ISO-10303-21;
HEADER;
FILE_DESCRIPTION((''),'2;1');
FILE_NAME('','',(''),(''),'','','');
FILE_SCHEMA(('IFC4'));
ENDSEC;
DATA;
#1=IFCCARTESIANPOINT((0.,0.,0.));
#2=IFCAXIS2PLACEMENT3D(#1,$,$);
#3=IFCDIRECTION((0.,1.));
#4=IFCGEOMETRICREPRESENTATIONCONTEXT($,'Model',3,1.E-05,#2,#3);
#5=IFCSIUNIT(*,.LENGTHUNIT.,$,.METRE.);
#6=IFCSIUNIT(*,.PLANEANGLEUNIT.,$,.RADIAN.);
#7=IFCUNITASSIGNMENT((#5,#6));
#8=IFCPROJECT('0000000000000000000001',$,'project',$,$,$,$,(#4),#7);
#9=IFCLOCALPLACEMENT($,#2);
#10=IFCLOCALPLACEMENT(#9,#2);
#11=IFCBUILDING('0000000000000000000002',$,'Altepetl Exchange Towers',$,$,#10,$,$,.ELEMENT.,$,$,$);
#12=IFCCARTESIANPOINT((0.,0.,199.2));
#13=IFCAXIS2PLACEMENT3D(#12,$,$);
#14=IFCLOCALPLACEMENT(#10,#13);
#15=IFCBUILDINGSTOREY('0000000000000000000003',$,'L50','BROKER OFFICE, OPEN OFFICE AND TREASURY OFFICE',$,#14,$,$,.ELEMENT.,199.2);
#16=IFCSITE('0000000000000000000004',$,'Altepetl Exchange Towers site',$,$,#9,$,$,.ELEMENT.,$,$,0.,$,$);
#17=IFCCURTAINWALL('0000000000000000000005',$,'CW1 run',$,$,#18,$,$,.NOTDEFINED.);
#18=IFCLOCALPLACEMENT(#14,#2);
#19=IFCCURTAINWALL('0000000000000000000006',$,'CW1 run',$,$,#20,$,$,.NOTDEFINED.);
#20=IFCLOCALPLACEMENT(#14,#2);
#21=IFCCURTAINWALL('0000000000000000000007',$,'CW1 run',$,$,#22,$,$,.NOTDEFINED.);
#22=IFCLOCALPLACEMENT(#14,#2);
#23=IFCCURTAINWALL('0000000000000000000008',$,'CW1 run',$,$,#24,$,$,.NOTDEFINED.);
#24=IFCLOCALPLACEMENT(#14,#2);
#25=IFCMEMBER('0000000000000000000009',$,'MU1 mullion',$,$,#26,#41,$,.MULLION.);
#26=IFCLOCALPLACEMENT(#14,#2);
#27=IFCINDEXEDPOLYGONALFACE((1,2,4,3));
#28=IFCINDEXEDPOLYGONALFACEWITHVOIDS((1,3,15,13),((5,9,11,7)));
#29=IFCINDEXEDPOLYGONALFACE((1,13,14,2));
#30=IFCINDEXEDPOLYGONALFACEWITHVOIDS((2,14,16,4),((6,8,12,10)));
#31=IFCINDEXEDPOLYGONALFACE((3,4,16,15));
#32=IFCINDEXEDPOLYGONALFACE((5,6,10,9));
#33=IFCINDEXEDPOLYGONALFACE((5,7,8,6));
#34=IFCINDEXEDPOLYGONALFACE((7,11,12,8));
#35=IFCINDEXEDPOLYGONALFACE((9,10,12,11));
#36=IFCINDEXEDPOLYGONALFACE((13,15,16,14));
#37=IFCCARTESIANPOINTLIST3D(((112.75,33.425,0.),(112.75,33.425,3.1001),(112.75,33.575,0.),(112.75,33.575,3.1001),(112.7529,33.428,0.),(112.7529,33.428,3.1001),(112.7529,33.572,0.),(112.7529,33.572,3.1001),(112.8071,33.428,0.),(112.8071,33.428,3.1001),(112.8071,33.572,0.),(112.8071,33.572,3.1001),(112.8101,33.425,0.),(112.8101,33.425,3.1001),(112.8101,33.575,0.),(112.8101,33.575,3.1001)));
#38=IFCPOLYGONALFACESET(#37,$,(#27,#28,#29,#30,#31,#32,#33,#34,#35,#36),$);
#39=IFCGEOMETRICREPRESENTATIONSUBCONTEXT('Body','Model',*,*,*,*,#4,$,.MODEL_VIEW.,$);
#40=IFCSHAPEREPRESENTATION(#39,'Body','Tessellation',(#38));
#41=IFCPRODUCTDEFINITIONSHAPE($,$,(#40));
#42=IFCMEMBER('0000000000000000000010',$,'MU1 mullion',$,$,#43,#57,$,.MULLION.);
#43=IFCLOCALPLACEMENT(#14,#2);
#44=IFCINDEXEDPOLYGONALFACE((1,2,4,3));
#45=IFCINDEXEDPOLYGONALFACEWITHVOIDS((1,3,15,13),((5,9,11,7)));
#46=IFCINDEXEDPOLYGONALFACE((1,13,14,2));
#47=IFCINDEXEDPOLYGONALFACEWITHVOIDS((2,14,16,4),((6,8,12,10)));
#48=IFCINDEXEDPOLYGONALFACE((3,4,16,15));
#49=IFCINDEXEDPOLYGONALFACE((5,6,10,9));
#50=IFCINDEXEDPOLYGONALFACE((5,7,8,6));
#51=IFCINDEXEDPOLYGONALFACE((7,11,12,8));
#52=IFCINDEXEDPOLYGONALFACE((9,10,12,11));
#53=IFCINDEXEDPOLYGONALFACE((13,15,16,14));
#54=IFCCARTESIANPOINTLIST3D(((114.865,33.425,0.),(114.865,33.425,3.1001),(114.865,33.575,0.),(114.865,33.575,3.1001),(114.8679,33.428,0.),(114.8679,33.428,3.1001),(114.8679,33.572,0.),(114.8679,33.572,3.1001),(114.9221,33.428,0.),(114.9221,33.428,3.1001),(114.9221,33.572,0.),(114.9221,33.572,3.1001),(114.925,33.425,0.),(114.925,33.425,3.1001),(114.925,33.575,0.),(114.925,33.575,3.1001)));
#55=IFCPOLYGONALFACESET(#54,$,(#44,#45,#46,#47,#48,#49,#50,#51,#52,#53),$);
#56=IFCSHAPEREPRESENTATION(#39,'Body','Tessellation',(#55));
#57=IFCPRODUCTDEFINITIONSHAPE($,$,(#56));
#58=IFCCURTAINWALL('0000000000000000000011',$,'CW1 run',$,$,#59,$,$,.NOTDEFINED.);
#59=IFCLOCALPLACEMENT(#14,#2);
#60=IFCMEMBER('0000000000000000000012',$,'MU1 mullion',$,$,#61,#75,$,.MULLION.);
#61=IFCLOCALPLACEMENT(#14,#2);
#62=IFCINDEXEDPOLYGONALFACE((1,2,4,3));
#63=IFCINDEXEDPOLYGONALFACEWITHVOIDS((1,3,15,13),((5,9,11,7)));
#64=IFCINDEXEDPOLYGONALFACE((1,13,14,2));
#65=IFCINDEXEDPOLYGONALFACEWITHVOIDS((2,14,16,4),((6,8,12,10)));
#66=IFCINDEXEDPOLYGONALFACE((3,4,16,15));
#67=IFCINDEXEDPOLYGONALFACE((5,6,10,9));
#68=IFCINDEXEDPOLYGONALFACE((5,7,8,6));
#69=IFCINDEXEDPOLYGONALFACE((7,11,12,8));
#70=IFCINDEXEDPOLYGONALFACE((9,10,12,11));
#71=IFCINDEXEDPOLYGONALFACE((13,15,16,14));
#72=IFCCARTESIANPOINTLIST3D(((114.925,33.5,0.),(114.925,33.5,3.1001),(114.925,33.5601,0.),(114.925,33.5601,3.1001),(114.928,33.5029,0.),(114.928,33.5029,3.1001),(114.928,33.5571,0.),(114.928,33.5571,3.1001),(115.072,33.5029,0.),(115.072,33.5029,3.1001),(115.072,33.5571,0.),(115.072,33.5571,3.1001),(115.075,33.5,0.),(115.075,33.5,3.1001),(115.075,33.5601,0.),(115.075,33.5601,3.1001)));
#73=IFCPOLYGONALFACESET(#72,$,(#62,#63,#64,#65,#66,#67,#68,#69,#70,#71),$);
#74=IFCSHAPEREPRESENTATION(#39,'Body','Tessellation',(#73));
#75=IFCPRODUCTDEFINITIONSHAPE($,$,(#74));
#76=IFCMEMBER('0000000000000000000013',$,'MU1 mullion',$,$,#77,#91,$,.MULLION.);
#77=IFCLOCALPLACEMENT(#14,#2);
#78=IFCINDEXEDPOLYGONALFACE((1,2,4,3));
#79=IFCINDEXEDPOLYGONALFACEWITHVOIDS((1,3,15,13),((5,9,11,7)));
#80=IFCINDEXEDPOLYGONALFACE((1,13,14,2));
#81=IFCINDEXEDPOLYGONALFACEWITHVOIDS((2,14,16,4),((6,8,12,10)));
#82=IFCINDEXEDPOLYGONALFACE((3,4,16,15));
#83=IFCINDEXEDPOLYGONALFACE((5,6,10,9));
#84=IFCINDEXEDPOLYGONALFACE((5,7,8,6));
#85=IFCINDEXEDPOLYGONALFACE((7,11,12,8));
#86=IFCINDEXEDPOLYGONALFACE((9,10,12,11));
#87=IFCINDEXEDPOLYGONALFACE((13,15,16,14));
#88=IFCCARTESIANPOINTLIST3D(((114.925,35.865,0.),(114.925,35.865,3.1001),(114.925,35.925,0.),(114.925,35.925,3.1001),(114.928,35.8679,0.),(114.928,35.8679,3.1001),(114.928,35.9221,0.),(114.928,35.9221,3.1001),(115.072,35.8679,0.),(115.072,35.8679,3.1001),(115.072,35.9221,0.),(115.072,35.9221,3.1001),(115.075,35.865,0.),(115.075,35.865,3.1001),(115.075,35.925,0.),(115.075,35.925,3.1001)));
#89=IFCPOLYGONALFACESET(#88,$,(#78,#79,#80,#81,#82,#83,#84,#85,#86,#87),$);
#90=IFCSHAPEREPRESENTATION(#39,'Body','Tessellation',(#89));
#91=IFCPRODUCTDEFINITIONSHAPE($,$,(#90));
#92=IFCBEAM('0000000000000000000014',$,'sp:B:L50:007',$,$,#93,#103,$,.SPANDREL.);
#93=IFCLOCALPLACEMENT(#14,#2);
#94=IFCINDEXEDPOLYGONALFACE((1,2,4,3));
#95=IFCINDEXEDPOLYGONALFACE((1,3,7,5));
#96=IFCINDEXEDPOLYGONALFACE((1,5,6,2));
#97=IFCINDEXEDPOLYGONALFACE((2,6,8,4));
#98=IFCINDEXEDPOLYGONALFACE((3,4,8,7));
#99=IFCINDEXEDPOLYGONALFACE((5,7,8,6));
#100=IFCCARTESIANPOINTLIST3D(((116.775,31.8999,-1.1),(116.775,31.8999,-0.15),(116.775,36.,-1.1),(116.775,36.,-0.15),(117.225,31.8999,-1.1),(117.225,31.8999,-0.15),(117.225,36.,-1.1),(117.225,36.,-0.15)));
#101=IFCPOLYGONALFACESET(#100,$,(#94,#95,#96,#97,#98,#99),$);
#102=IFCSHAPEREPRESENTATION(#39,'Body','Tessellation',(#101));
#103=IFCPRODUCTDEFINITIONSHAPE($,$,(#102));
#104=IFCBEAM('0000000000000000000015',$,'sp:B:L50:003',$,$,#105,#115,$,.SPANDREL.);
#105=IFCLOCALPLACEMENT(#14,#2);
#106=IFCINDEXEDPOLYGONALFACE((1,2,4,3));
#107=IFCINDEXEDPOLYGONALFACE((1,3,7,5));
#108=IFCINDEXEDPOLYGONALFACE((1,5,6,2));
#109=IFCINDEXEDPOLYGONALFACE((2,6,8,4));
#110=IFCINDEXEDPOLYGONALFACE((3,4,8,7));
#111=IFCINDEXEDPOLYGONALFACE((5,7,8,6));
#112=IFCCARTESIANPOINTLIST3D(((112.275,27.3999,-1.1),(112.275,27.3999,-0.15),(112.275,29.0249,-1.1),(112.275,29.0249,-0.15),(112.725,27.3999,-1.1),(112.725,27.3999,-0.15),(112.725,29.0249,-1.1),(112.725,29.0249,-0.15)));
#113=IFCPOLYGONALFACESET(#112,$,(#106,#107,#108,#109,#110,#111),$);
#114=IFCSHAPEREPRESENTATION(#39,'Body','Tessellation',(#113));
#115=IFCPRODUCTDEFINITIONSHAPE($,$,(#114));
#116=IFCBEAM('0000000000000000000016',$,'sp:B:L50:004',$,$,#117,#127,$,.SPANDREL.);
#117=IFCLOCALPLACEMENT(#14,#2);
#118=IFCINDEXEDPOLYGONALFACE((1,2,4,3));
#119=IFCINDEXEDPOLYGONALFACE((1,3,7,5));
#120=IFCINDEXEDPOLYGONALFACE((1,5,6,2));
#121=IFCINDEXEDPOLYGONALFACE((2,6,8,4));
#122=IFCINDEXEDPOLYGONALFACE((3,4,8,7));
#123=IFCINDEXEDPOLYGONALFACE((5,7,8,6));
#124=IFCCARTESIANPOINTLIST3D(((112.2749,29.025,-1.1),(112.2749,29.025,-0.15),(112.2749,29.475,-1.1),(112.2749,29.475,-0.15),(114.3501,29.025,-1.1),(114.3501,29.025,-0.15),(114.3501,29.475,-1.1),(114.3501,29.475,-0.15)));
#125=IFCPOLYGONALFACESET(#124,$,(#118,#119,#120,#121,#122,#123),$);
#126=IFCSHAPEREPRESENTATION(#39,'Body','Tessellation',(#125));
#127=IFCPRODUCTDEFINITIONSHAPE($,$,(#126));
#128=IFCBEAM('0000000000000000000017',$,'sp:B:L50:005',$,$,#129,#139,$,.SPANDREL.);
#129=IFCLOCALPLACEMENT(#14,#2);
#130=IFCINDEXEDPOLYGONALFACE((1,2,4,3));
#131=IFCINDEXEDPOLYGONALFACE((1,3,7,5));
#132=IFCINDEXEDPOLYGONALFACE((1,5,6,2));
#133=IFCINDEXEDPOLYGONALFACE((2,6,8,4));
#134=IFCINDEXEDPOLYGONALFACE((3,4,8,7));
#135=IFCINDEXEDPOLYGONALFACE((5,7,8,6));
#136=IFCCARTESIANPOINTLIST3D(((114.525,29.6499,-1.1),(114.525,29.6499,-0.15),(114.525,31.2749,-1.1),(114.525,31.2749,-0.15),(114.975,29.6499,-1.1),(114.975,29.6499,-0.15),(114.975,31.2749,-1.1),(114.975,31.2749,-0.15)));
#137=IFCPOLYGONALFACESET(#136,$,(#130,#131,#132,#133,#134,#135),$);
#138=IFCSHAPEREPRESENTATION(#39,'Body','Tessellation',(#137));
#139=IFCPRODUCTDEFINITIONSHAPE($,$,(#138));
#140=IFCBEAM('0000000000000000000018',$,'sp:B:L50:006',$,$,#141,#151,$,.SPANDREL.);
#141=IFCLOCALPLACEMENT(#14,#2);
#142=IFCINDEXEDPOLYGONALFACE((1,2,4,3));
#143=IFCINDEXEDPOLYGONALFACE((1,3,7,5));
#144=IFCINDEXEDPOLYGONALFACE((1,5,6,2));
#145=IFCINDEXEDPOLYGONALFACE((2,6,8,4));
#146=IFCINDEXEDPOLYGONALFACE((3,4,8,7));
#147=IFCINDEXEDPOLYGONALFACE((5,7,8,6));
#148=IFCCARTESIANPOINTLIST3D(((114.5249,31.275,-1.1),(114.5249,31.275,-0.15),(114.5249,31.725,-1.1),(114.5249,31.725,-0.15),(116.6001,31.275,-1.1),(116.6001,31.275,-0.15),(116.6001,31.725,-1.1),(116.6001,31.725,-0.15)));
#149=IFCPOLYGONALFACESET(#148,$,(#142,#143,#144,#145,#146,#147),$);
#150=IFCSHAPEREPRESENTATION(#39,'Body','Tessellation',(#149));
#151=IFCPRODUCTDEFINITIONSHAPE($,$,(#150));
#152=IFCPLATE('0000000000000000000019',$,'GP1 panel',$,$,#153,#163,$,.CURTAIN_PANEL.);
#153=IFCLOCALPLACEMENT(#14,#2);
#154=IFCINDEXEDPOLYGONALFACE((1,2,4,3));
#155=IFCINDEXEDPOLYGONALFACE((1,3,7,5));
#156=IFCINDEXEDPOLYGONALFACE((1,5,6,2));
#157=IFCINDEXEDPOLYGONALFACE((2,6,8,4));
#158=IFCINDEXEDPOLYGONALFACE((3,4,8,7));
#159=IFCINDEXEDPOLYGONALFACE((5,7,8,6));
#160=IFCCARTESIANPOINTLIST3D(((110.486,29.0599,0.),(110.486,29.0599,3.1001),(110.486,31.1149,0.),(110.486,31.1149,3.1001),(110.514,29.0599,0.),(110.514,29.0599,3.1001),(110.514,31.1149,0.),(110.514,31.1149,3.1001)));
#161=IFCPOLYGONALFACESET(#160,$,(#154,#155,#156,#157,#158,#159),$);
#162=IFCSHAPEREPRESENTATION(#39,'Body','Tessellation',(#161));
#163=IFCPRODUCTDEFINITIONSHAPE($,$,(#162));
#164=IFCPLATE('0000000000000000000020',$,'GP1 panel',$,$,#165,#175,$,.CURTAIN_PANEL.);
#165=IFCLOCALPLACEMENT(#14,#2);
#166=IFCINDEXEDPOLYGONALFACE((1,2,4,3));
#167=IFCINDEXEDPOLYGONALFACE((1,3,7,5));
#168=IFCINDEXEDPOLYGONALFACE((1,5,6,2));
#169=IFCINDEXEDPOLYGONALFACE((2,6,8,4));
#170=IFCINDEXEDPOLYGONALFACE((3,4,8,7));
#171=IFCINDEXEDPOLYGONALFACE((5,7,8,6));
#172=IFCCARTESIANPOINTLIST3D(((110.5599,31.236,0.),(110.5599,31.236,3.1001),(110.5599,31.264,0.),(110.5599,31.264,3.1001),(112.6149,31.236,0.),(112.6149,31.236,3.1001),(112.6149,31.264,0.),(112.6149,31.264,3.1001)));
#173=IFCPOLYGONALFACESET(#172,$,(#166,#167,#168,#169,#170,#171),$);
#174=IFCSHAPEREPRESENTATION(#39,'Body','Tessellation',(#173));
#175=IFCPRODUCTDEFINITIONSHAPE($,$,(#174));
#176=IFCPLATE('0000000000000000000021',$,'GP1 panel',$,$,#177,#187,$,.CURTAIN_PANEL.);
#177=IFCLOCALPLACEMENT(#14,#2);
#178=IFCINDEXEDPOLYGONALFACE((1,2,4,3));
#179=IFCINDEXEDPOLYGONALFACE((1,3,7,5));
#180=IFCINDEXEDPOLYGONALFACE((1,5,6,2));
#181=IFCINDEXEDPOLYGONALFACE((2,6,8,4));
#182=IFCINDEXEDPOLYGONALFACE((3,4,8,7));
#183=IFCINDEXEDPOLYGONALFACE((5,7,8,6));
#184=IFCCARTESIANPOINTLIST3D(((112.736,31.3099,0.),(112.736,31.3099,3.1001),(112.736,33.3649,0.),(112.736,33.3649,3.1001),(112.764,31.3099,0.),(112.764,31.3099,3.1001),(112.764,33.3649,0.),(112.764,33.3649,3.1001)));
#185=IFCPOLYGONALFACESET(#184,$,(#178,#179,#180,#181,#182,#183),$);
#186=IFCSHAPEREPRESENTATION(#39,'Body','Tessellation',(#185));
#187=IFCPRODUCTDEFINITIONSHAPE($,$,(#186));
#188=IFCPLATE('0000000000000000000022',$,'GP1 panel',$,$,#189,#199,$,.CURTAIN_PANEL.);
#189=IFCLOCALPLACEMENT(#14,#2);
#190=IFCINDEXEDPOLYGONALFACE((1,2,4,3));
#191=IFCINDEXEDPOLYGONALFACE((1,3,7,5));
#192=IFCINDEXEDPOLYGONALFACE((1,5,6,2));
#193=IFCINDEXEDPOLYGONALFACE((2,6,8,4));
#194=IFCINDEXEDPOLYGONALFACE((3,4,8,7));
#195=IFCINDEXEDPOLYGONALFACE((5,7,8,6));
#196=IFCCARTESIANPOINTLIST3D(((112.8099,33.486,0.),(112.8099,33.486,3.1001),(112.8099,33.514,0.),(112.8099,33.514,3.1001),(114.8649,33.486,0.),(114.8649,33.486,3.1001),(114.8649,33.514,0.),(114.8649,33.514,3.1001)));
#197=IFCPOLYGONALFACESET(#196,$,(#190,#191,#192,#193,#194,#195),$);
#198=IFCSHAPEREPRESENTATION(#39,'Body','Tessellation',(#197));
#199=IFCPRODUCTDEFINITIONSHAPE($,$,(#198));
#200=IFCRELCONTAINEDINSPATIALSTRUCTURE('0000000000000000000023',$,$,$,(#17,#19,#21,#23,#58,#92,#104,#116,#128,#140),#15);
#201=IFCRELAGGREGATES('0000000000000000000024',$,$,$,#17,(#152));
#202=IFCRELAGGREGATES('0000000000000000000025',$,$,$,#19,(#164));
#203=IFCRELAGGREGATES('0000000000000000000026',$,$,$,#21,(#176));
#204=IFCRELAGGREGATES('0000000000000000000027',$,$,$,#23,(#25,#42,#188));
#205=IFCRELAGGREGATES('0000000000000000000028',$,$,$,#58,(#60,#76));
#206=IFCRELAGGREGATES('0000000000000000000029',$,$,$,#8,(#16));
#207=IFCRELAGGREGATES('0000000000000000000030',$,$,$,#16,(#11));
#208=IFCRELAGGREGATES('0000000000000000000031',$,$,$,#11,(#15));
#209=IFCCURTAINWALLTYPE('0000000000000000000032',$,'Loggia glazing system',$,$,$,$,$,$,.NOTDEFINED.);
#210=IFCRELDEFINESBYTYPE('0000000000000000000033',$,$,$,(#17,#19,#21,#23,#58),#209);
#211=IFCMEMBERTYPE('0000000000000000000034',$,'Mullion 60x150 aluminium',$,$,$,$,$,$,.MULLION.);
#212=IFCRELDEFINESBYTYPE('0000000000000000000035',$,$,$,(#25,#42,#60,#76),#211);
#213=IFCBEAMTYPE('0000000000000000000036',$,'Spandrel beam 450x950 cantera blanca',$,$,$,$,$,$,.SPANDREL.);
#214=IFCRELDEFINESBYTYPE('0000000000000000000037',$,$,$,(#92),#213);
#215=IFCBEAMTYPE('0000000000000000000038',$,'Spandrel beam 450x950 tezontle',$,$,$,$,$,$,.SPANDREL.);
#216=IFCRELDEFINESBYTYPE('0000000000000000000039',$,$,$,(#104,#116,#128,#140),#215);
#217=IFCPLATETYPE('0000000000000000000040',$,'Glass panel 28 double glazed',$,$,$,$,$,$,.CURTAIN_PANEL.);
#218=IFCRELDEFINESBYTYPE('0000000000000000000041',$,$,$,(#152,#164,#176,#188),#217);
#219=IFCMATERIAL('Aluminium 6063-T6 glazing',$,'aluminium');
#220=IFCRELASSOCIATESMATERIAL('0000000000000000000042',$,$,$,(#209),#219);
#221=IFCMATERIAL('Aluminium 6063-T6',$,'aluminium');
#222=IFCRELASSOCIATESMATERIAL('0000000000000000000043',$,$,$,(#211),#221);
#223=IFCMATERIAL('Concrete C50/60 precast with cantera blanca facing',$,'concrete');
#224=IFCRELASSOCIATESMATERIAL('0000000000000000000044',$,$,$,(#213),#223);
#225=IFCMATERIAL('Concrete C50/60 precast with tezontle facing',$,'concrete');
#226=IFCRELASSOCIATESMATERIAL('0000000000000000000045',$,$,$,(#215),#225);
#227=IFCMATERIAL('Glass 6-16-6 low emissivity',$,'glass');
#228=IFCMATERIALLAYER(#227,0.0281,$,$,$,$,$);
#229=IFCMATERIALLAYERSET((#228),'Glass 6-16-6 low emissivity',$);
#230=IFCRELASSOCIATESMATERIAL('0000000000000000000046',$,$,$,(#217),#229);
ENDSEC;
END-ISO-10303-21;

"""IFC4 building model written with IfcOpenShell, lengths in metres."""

from ifc_helpers import new_model, si_unit, direction, frame, origin, origin_2d, place, context, subcontext, project, spatial, rectangle, hollow_rectangle, extrude, material, layer, layer_set, material_profile, profile_set, type_object, element, aggregate, save


model = new_model("IFC4")

# Units and contexts
model_context = context("Model", 3, precision=1e-05, world=origin(), true_north=direction((0.0, 1.0)))
body_context = subcontext(model_context, "Body", "Model", "MODEL_VIEW")
ifc_project = project(units=[si_unit("LENGTHUNIT", "METRE"), si_unit("PLANEANGLEUNIT", "RADIAN")], contexts=[model_context])

# Site, building, storey
site_placement = place(None, origin())
site = spatial("IfcSite", under=ifc_project, at=site_placement, Name="Altepetl Exchange Towers site", CompositionType="ELEMENT", RefElevation=0.0)
building_placement = place(site_placement, origin())
building = spatial("IfcBuilding", under=site, at=building_placement, Name="Altepetl Exchange Towers", CompositionType="ELEMENT")
storey_placement = place(building_placement, frame((0.0, 0.0, 199.2)))
storey = spatial("IfcBuildingStorey", under=building, at=storey_placement, Name="L50", Description="BROKER OFFICE, OPEN OFFICE AND TREASURY OFFICE", CompositionType="ELEMENT", Elevation=199.2)

# Shared definitions
ifc_material_1 = material(Name="Aluminium 6063-T6 glazing", Category="aluminium")
curtain_wall_type = type_object("IfcCurtainWallType", Name="Loggia glazing system", PredefinedType="NOTDEFINED", material=ifc_material_1)
ifc_material_2 = material(Name="Aluminium 6063-T6", Category="aluminium")
ifc_material_profile_1 = material_profile(ifc_material_2, hollow_rectangle(XDim=0.0601, YDim=0.1499, WallThickness=0.0029, at=origin_2d()), Name="Mullion 60x150 aluminium")
ifc_profile_set_1 = profile_set([ifc_material_profile_1], Name="Aluminium 6063-T6")
member_type = type_object("IfcMemberType", Name="Mullion 60x150 aluminium", PredefinedType="MULLION", material=ifc_profile_set_1)

# Curtain walls, members
curtain_wall_1_placement = place(storey_placement, origin())
curtain_wall_1 = element("IfcCurtainWall", 1, at=curtain_wall_1_placement, inside=storey, type_object=curtain_wall_type, Name="CW1 run", PredefinedType="NOTDEFINED")
curtain_wall_2_placement = place(storey_placement, origin())
curtain_wall_2 = element("IfcCurtainWall", 2, at=curtain_wall_2_placement, inside=storey, type_object=curtain_wall_type, Name="CW1 run", PredefinedType="NOTDEFINED")
curtain_wall_3_placement = place(storey_placement, origin())
curtain_wall_3 = element("IfcCurtainWall", 3, at=curtain_wall_3_placement, inside=storey, type_object=curtain_wall_type, Name="CW1 run", PredefinedType="NOTDEFINED")
curtain_wall_4_placement = place(storey_placement, origin())
curtain_wall_4 = element("IfcCurtainWall", 4, at=curtain_wall_4_placement, inside=storey, type_object=curtain_wall_type, Name="CW1 run", PredefinedType="NOTDEFINED")
member_1_placement = place(storey_placement, frame((112.78, 33.5, 0.0)))
member_1 = element("IfcMember", 5, at=member_1_placement, type_object=member_type, Name="MU1 mullion", PredefinedType="MULLION", context=body_context, shape_type="SweptSolid", body=[
    extrude(hollow_rectangle(XDim=0.0601, YDim=0.1499, WallThickness=0.0029, at=origin_2d()), origin(), (0.0, 0.0, 1.0), 3.1001),
])
member_2_placement = place(storey_placement, frame((114.895, 33.5, 0.0)))
member_2 = element("IfcMember", 6, at=member_2_placement, type_object=member_type, Name="MU1 mullion", PredefinedType="MULLION", context=body_context, shape_type="SweptSolid", body=[
    extrude(hollow_rectangle(XDim=0.0601, YDim=0.1499, WallThickness=0.0029, at=origin_2d()), origin(), (0.0, 0.0, 1.0), 3.1001),
])
curtain_wall_5_placement = place(storey_placement, origin())
curtain_wall_5 = element("IfcCurtainWall", 7, at=curtain_wall_5_placement, inside=storey, type_object=curtain_wall_type, Name="CW1 run", PredefinedType="NOTDEFINED")
member_3_placement = place(storey_placement, frame((115.0, 33.53, 0.0), z_axis=(0.0, 0.0, 1.0), x_axis=(0.0, 1.0, 0.0)))
member_3 = element("IfcMember", 8, at=member_3_placement, type_object=member_type, Name="MU1 mullion", PredefinedType="MULLION", context=body_context, shape_type="SweptSolid", body=[
    extrude(hollow_rectangle(XDim=0.0601, YDim=0.1499, WallThickness=0.0029, at=origin_2d()), origin(), (0.0, 0.0, 1.0), 3.1001),
])
member_4_placement = place(storey_placement, frame((115.0, 35.895, 0.0), z_axis=(0.0, 0.0, 1.0), x_axis=(0.0, 1.0, 0.0)))
member_4 = element("IfcMember", 9, at=member_4_placement, type_object=member_type, Name="MU1 mullion", PredefinedType="MULLION", context=body_context, shape_type="SweptSolid", body=[
    extrude(hollow_rectangle(XDim=0.0601, YDim=0.1499, WallThickness=0.0029, at=origin_2d()), origin(), (0.0, 0.0, 1.0), 3.1001),
])

# Beams
ifc_material_3 = material(Name="Concrete C50/60 precast with cantera blanca facing", Category="concrete")
ifc_material_profile_2 = material_profile(ifc_material_3, rectangle(XDim=0.45, YDim=0.95, at=origin_2d()), Name="450 x 950")
ifc_profile_set_2 = profile_set([ifc_material_profile_2], Name="Concrete C50/60 precast with cantera blanca facing")
beam_type_1 = type_object("IfcBeamType", Name="Spandrel beam 450x950 cantera blanca", PredefinedType="SPANDREL", material=ifc_profile_set_2)
beam_1_placement = place(storey_placement, frame((117.0, 31.8999, -0.625), z_axis=(0.0, 1.0, 0.0), x_axis=(-1.0, 0.0, 0.0)))
element("IfcBeam", 10, at=beam_1_placement, inside=storey, type_object=beam_type_1, Name="sp:B:L50:007", PredefinedType="SPANDREL", context=body_context, shape_type="SweptSolid", body=[
    extrude(rectangle(XDim=0.45, YDim=0.95, at=origin_2d()), origin(), (0.0, 0.0, 1.0), 4.1001),
])
ifc_material_4 = material(Name="Concrete C50/60 precast with tezontle facing", Category="concrete")
ifc_material_profile_3 = material_profile(ifc_material_4, rectangle(XDim=0.45, YDim=0.95, at=origin_2d()), Name="450 x 950")
ifc_profile_set_3 = profile_set([ifc_material_profile_3], Name="Concrete C50/60 precast with tezontle facing")
beam_type_2 = type_object("IfcBeamType", Name="Spandrel beam 450x950 tezontle", PredefinedType="SPANDREL", material=ifc_profile_set_3)
beam_2_placement = place(storey_placement, frame((112.5, 27.3999, -0.625), z_axis=(0.0, 1.0, 0.0), x_axis=(-1.0, 0.0, 0.0)))
element("IfcBeam", 11, at=beam_2_placement, inside=storey, type_object=beam_type_2, Name="sp:B:L50:003", PredefinedType="SPANDREL", context=body_context, shape_type="SweptSolid", body=[
    extrude(rectangle(XDim=0.45, YDim=0.95, at=origin_2d()), origin(), (0.0, 0.0, 1.0), 1.625),
])
beam_3_placement = place(storey_placement, frame((112.2749, 29.25, -0.625), z_axis=(1.0, 0.0, 0.0), x_axis=(0.0, 1.0, 0.0)))
element("IfcBeam", 12, at=beam_3_placement, inside=storey, type_object=beam_type_2, Name="sp:B:L50:004", PredefinedType="SPANDREL", context=body_context, shape_type="SweptSolid", body=[
    extrude(rectangle(XDim=0.45, YDim=0.95, at=origin_2d()), origin(), (0.0, 0.0, 1.0), 2.0752),
])
beam_4_placement = place(storey_placement, frame((114.75, 29.6499, -0.625), z_axis=(0.0, 1.0, 0.0), x_axis=(-1.0, 0.0, 0.0)))
element("IfcBeam", 13, at=beam_4_placement, inside=storey, type_object=beam_type_2, Name="sp:B:L50:005", PredefinedType="SPANDREL", context=body_context, shape_type="SweptSolid", body=[
    extrude(rectangle(XDim=0.45, YDim=0.95, at=origin_2d()), origin(), (0.0, 0.0, 1.0), 1.625),
])
beam_5_placement = place(storey_placement, frame((114.5249, 31.5, -0.625), z_axis=(1.0, 0.0, 0.0), x_axis=(0.0, 1.0, 0.0)))
element("IfcBeam", 14, at=beam_5_placement, inside=storey, type_object=beam_type_2, Name="sp:B:L50:006", PredefinedType="SPANDREL", context=body_context, shape_type="SweptSolid", body=[
    extrude(rectangle(XDim=0.45, YDim=0.95, at=origin_2d()), origin(), (0.0, 0.0, 1.0), 2.0752),
])

# Plates
ifc_material_5 = material(Name="Glass 6-16-6 low emissivity", Category="glass")
ifc_layer_1 = layer(ifc_material_5, 0.0281)
ifc_layer_set_1 = layer_set([ifc_layer_1], Name="Glass 6-16-6 low emissivity")
plate_type = type_object("IfcPlateType", Name="Glass panel 28 double glazed", PredefinedType="CURTAIN_PANEL", material=ifc_layer_set_1)
plate_1_placement = place(storey_placement, frame((110.5, 30.0874, 0.0), z_axis=(0.0, 0.0, 1.0), x_axis=(0.0, 1.0, 0.0)))
plate_1 = element("IfcPlate", 15, at=plate_1_placement, type_object=plate_type, Name="GP1 panel", PredefinedType="CURTAIN_PANEL", context=body_context, shape_type="SweptSolid", body=[
    extrude(rectangle(XDim=2.0549, YDim=0.0281, at=origin_2d()), origin(), (0.0, 0.0, 1.0), 3.1001),
])
aggregate(curtain_wall_1, [plate_1])
plate_2_placement = place(storey_placement, frame((111.5874, 31.25, 0.0)))
plate_2 = element("IfcPlate", 16, at=plate_2_placement, type_object=plate_type, Name="GP1 panel", PredefinedType="CURTAIN_PANEL", context=body_context, shape_type="SweptSolid", body=[
    extrude(rectangle(XDim=2.0549, YDim=0.0281, at=origin_2d()), origin(), (0.0, 0.0, 1.0), 3.1001),
])
aggregate(curtain_wall_2, [plate_2])
plate_3_placement = place(storey_placement, frame((112.75, 32.3374, 0.0), z_axis=(0.0, 0.0, 1.0), x_axis=(0.0, 1.0, 0.0)))
plate_3 = element("IfcPlate", 17, at=plate_3_placement, type_object=plate_type, Name="GP1 panel", PredefinedType="CURTAIN_PANEL", context=body_context, shape_type="SweptSolid", body=[
    extrude(rectangle(XDim=2.0549, YDim=0.0281, at=origin_2d()), origin(), (0.0, 0.0, 1.0), 3.1001),
])
aggregate(curtain_wall_3, [plate_3])
plate_4_placement = place(storey_placement, frame((113.8374, 33.5, 0.0)))
plate_4 = element("IfcPlate", 18, at=plate_4_placement, type_object=plate_type, Name="GP1 panel", PredefinedType="CURTAIN_PANEL", context=body_context, shape_type="SweptSolid", body=[
    extrude(rectangle(XDim=2.0549, YDim=0.0281, at=origin_2d()), origin(), (0.0, 0.0, 1.0), 3.1001),
])
aggregate(curtain_wall_4, [member_1, member_2, plate_4])
aggregate(curtain_wall_5, [member_3, member_4])

save(model, "model.ifc")
